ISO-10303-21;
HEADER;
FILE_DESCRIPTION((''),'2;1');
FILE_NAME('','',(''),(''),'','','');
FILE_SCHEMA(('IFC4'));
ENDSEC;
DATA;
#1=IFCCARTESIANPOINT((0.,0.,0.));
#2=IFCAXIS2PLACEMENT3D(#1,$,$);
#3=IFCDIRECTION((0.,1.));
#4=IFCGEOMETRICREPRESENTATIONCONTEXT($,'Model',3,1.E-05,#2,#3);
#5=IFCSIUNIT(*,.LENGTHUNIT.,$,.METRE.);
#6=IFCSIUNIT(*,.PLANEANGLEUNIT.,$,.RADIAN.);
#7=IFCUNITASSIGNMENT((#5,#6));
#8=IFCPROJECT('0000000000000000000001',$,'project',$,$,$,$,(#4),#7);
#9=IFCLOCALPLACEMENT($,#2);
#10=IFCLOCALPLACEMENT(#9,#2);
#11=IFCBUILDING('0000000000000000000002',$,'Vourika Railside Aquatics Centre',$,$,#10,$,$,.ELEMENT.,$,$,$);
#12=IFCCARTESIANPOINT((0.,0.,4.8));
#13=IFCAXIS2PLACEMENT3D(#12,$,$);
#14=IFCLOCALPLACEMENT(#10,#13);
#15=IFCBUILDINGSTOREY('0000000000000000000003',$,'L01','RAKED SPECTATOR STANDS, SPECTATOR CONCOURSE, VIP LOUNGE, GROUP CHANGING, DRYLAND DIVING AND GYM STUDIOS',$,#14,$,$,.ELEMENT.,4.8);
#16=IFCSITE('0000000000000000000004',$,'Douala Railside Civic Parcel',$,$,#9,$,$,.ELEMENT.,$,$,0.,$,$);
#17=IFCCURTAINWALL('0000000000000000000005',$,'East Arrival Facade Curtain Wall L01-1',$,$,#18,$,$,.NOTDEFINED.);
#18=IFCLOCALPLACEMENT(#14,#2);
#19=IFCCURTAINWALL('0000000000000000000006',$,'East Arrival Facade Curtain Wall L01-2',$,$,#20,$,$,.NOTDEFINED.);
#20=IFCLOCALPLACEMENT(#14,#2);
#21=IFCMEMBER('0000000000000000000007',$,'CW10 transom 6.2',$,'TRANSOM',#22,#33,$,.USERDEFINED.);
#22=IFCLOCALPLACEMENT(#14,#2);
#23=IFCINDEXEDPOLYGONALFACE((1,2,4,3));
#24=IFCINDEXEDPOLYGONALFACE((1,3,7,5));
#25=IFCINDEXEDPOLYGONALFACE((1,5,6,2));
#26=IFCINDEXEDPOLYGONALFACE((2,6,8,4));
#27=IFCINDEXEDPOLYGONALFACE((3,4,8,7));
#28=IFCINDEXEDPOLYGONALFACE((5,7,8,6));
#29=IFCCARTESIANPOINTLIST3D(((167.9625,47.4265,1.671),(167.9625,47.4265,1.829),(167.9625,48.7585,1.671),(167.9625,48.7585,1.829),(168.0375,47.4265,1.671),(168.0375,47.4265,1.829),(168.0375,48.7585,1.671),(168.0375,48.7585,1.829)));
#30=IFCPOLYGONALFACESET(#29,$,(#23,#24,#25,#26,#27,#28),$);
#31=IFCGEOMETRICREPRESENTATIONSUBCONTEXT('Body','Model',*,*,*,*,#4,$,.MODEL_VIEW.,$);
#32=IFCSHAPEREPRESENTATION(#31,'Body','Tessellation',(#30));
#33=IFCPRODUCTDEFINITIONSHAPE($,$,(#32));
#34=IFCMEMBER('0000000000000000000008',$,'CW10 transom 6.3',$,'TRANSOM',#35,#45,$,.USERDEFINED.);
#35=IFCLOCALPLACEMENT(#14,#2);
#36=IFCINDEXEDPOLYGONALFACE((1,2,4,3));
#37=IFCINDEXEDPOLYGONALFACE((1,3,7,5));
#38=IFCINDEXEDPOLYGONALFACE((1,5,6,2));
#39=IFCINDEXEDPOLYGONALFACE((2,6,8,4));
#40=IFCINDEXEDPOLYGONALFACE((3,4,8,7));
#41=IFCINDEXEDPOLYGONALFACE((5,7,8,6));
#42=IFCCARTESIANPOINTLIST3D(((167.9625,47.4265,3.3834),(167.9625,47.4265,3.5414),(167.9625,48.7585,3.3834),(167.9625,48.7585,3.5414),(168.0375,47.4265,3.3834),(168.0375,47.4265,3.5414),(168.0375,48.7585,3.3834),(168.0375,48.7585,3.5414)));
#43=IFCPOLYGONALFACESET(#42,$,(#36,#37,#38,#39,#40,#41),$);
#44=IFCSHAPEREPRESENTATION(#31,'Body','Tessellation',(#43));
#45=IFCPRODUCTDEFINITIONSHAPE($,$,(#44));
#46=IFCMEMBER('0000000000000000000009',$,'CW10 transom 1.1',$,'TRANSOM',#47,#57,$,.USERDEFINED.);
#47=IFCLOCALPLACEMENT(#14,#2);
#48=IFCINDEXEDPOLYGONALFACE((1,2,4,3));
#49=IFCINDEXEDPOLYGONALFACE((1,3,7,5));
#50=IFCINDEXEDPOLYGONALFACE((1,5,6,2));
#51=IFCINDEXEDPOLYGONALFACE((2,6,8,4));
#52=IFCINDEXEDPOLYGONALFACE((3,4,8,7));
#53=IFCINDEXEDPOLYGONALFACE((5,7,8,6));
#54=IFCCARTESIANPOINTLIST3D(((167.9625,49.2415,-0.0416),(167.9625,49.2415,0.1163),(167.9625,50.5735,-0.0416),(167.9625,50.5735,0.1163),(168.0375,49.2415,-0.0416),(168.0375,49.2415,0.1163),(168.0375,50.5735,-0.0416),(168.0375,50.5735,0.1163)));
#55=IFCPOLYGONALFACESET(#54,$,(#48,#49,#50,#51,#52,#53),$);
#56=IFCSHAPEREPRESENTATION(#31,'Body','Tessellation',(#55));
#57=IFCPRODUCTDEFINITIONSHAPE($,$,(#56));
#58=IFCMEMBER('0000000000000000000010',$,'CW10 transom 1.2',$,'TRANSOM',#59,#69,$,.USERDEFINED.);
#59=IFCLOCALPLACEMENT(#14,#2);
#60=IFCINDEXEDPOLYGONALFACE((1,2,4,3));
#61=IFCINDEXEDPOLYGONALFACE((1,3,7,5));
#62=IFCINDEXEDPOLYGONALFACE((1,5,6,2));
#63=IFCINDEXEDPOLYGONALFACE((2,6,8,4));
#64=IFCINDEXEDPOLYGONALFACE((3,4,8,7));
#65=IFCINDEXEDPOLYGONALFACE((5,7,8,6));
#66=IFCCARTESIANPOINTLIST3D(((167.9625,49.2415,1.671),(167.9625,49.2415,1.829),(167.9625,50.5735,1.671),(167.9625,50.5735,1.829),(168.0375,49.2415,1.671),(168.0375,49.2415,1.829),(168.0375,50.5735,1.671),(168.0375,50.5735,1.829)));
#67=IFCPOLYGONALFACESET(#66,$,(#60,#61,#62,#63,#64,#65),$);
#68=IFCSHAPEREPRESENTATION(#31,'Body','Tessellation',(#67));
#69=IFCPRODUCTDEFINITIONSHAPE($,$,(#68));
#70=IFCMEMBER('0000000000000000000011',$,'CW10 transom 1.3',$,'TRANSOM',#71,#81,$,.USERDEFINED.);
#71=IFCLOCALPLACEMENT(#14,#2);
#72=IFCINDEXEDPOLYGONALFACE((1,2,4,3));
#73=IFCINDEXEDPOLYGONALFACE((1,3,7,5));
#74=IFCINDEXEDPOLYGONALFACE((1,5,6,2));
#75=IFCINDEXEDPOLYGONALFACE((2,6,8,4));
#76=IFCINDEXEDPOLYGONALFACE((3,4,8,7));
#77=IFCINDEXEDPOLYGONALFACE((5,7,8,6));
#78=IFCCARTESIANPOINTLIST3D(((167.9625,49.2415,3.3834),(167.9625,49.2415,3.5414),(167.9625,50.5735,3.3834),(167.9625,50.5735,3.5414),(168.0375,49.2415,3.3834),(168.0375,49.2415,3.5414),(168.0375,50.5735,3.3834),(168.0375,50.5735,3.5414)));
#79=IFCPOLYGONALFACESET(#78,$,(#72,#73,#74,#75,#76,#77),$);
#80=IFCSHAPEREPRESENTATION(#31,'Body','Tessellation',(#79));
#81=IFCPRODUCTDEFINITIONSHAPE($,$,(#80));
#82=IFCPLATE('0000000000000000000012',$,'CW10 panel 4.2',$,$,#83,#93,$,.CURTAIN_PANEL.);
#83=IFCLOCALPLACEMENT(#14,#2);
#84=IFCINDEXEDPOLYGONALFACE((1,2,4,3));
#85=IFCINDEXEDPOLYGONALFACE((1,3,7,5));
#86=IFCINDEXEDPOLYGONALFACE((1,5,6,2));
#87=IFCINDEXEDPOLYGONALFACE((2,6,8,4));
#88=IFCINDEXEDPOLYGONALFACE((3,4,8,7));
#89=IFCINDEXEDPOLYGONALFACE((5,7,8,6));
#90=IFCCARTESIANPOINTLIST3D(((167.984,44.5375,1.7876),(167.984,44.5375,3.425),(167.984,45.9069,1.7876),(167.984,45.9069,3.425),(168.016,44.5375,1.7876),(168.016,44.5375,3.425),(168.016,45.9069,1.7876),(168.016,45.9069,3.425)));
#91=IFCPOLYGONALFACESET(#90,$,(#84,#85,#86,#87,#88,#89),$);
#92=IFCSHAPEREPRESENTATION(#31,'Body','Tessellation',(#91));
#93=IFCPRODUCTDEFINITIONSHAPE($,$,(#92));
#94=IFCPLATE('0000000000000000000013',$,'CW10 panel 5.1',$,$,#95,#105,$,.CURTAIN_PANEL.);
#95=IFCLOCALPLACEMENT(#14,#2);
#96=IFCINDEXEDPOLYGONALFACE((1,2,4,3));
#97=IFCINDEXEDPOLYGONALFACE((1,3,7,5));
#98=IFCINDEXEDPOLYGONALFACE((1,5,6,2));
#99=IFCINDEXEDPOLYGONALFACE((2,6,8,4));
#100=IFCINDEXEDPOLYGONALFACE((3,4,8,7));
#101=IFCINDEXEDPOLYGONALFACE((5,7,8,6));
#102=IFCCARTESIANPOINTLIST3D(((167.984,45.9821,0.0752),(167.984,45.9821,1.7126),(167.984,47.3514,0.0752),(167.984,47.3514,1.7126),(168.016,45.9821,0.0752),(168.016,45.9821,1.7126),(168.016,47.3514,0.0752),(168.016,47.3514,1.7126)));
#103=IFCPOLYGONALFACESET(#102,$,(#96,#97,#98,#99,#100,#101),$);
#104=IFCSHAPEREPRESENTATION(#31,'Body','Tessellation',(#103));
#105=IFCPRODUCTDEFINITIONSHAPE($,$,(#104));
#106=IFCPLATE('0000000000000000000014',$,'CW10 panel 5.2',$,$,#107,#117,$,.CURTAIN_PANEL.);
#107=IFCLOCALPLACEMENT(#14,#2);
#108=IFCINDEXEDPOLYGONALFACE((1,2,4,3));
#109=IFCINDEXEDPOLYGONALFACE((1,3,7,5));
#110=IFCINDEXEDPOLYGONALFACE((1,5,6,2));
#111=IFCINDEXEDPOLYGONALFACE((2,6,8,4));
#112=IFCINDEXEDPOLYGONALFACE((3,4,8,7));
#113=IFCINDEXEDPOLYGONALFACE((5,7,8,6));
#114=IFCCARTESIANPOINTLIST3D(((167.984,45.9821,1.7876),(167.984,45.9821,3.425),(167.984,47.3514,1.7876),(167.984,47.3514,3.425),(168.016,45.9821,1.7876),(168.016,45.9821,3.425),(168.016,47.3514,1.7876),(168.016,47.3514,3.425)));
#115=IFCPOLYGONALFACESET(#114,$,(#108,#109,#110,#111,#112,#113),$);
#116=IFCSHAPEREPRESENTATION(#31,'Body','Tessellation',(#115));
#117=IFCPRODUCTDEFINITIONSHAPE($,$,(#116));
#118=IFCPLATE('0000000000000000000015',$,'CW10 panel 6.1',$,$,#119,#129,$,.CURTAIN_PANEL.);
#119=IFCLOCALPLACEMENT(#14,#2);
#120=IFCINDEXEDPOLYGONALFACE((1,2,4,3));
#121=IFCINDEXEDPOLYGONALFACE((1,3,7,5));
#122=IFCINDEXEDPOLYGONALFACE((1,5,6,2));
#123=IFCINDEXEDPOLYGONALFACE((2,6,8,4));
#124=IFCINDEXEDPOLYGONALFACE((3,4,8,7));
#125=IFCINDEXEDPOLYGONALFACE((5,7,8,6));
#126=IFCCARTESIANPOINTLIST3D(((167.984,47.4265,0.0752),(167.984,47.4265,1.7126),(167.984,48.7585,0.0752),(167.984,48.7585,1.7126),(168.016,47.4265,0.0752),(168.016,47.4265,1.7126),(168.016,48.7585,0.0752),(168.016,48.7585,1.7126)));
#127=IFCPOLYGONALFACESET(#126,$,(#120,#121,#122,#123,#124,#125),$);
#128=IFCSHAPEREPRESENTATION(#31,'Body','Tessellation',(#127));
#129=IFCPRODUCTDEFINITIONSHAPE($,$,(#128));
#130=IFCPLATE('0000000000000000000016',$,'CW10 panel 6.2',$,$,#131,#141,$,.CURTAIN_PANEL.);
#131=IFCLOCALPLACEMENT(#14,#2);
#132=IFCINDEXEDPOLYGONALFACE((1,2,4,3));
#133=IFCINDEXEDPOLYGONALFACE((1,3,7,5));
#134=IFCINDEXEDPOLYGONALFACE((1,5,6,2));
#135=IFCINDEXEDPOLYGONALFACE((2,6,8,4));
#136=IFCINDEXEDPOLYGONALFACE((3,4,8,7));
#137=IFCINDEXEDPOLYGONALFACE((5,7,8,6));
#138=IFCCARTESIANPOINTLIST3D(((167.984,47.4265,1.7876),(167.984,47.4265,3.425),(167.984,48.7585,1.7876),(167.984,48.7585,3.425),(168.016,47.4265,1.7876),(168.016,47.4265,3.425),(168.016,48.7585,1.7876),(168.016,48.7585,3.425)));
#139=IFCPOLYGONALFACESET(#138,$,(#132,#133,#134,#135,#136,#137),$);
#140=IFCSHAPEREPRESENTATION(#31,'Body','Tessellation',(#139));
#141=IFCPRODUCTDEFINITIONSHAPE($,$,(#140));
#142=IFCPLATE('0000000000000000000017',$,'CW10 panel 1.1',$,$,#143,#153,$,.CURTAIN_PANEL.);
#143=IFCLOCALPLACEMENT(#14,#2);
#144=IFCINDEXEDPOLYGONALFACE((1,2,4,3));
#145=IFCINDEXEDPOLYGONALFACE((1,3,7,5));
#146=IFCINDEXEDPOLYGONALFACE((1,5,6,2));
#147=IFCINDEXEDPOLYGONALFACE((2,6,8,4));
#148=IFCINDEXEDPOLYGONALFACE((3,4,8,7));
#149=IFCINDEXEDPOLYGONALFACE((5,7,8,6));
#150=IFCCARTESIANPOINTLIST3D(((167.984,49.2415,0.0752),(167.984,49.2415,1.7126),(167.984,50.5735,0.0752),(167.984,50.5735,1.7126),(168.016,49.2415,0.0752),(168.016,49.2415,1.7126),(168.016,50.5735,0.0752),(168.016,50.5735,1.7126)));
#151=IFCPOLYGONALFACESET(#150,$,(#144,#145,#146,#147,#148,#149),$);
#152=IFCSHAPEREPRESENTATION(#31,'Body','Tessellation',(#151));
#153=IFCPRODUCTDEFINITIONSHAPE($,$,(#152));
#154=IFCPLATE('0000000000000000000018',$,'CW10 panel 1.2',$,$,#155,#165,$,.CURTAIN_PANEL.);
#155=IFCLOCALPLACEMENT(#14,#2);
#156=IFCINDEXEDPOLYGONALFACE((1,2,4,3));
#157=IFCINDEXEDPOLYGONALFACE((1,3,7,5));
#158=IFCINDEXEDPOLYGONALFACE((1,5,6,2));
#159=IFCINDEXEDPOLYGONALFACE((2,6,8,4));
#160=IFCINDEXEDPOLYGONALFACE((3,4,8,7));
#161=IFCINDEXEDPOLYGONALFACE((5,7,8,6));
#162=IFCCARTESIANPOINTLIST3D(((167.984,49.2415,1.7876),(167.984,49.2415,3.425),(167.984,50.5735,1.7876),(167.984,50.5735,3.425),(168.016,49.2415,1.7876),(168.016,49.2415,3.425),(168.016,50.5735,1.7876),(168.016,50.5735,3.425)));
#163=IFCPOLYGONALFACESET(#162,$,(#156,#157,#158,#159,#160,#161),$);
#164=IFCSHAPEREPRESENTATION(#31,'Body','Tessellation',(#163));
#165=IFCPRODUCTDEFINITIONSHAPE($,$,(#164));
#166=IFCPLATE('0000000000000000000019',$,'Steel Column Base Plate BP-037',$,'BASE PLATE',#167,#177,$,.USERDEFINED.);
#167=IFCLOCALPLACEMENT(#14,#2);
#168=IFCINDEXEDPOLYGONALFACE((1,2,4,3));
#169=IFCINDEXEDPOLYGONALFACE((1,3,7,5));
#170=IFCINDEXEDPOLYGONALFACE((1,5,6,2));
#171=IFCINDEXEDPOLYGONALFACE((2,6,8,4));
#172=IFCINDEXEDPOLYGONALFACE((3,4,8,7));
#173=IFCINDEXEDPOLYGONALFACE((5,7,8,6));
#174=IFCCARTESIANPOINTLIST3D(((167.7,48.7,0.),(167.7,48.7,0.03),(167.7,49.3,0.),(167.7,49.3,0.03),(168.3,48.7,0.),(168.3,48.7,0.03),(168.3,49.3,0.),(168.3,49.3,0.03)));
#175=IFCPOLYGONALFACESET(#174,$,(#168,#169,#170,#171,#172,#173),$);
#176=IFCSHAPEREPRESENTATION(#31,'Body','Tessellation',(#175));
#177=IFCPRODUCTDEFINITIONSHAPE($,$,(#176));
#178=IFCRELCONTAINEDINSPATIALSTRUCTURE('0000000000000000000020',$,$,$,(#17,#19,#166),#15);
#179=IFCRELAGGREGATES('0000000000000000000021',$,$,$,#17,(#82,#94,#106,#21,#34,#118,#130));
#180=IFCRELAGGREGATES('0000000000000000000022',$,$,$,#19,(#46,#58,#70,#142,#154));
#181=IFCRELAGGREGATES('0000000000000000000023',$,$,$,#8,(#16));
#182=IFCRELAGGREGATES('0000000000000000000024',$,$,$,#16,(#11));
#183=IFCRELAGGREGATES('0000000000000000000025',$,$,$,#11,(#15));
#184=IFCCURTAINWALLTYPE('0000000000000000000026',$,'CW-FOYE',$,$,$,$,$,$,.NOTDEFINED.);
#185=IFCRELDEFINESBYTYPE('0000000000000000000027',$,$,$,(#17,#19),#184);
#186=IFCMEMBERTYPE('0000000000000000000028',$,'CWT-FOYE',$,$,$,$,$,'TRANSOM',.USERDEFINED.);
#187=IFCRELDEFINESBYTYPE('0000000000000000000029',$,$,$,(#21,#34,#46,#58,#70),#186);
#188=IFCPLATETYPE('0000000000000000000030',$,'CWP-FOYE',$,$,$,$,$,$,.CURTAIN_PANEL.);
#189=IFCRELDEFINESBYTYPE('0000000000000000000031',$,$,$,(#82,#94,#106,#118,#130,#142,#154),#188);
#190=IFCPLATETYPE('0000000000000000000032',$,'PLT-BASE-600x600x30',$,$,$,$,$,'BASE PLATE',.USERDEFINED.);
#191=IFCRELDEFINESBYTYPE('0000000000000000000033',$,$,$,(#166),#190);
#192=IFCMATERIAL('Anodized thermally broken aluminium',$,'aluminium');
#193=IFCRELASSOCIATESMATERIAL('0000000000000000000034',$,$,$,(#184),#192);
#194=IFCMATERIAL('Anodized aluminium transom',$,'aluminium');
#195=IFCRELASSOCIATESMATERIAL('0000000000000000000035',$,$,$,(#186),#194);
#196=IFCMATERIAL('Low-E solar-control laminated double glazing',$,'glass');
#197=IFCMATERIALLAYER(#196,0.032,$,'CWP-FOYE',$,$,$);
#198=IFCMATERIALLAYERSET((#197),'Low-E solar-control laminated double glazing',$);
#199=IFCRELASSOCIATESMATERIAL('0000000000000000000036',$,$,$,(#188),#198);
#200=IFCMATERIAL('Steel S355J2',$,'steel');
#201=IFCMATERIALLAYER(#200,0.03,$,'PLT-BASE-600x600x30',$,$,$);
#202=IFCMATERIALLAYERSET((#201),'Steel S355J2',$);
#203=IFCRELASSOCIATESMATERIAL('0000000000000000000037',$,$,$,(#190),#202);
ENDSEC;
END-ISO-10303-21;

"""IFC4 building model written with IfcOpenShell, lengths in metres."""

from ifc_helpers import new_model, si_unit, direction, frame, origin, origin_2d, place, context, subcontext, project, spatial, rectangle, extrude, material, layer, layer_set, material_profile, profile_set, type_object, element, aggregate, save


model = new_model("IFC4")

# Units and contexts
model_context = context("Model", 3, precision=1e-05, world=origin(), true_north=direction((0.0, 1.0)))
body_context = subcontext(model_context, "Body", "Model", "MODEL_VIEW")
ifc_project = project(units=[si_unit("LENGTHUNIT", "METRE"), si_unit("PLANEANGLEUNIT", "RADIAN")], contexts=[model_context])

# Site, building, storey
site_placement = place(None, origin())
site = spatial("IfcSite", under=ifc_project, at=site_placement, Name="Douala Railside Civic Parcel", CompositionType="ELEMENT", RefElevation=0.0)
building_placement = place(site_placement, origin())
building = spatial("IfcBuilding", under=site, at=building_placement, Name="Vourika Railside Aquatics Centre", CompositionType="ELEMENT")
storey_placement = place(building_placement, frame((0.0, 0.0, 4.8)))
storey = spatial("IfcBuildingStorey", under=building, at=storey_placement, Name="L01", Description="RAKED SPECTATOR STANDS, SPECTATOR CONCOURSE, VIP LOUNGE, GROUP CHANGING, DRYLAND DIVING AND GYM STUDIOS", CompositionType="ELEMENT", Elevation=4.8)

# Shared definitions
ifc_material_1 = material(Name="Steel S355J2", Category="steel")

# Curtain walls
ifc_material_2 = material(Name="Anodized thermally broken aluminium", Category="aluminium")
curtain_wall_type = type_object("IfcCurtainWallType", Name="CW-FOYE", PredefinedType="NOTDEFINED", material=ifc_material_2)
curtain_wall_1_placement = place(storey_placement, origin())
curtain_wall_1 = element("IfcCurtainWall", 1, at=curtain_wall_1_placement, inside=storey, type_object=curtain_wall_type, Name="East Arrival Facade Curtain Wall L01-1", PredefinedType="NOTDEFINED")
curtain_wall_2_placement = place(storey_placement, origin())
curtain_wall_2 = element("IfcCurtainWall", 2, at=curtain_wall_2_placement, inside=storey, type_object=curtain_wall_type, Name="East Arrival Facade Curtain Wall L01-2", PredefinedType="NOTDEFINED")

# Members
ifc_material_3 = material(Name="Anodized aluminium transom", Category="aluminium")
ifc_material_profile_1 = material_profile(ifc_material_3, rectangle(XDim=0.075, YDim=0.158, at=origin_2d()), Name="ALU-T 75x158")
ifc_profile_set_1 = profile_set([ifc_material_profile_1], Name="Anodized aluminium transom")
member_type_1 = type_object("IfcMemberType", Name="CWT-FOYE", ElementType="TRANSOM", PredefinedType="USERDEFINED", material=ifc_profile_set_1)
member_1_placement = place(storey_placement, frame((168.0, 47.4265, 1.75), z_axis=(0.0, 1.0, 0.0), x_axis=(-1.0, 0.0, 0.0)))
member_1 = element("IfcMember", 3, at=member_1_placement, type_object=member_type_1, Name="CW10 transom 6.2", ObjectType="TRANSOM", PredefinedType="USERDEFINED", context=body_context, shape_type="SweptSolid", body=[
    extrude(rectangle(XDim=0.075, YDim=0.158, at=origin_2d()), origin(), (0.0, 0.0, 1.0), 1.332),
])
member_2_placement = place(storey_placement, frame((168.0, 47.4265, 3.4624), z_axis=(0.0, 1.0, 0.0), x_axis=(-1.0, 0.0, 0.0)))
member_2 = element("IfcMember", 4, at=member_2_placement, type_object=member_type_1, Name="CW10 transom 6.3", ObjectType="TRANSOM", PredefinedType="USERDEFINED", context=body_context, shape_type="SweptSolid", body=[
    extrude(rectangle(XDim=0.075, YDim=0.158, at=origin_2d()), origin(), (0.0, 0.0, 1.0), 1.332),
])
member_3_placement = place(storey_placement, frame((168.0, 49.2415, 0.0374), z_axis=(0.0, 1.0, 0.0), x_axis=(-1.0, 0.0, 0.0)))
member_3 = element("IfcMember", 5, at=member_3_placement, type_object=member_type_1, Name="CW10 transom 1.1", ObjectType="TRANSOM", PredefinedType="USERDEFINED", context=body_context, shape_type="SweptSolid", body=[
    extrude(rectangle(XDim=0.075, YDim=0.158, at=origin_2d()), origin(), (0.0, 0.0, 1.0), 1.332),
])
member_4_placement = place(storey_placement, frame((168.0, 49.2415, 1.75), z_axis=(0.0, 1.0, 0.0), x_axis=(-1.0, 0.0, 0.0)))
member_4 = element("IfcMember", 6, at=member_4_placement, type_object=member_type_1, Name="CW10 transom 1.2", ObjectType="TRANSOM", PredefinedType="USERDEFINED", context=body_context, shape_type="SweptSolid", body=[
    extrude(rectangle(XDim=0.075, YDim=0.158, at=origin_2d()), origin(), (0.0, 0.0, 1.0), 1.332),
])
member_5_placement = place(storey_placement, frame((168.0, 49.2415, 3.4624), z_axis=(0.0, 1.0, 0.0), x_axis=(-1.0, 0.0, 0.0)))
member_5 = element("IfcMember", 7, at=member_5_placement, type_object=member_type_1, Name="CW10 transom 1.3", ObjectType="TRANSOM", PredefinedType="USERDEFINED", context=body_context, shape_type="SweptSolid", body=[
    extrude(rectangle(XDim=0.075, YDim=0.158, at=origin_2d()), origin(), (0.0, 0.0, 1.0), 1.332),
])

# Plates
ifc_material_4 = material(Name="Low-E solar-control laminated double glazing", Category="glass")
ifc_layer_1 = layer(ifc_material_4, 0.032, Name="CWP-FOYE")
ifc_layer_set_1 = layer_set([ifc_layer_1], Name="Low-E solar-control laminated double glazing")
plate_type_1 = type_object("IfcPlateType", Name="CWP-FOYE", PredefinedType="CURTAIN_PANEL", material=ifc_layer_set_1)
plate_1_placement = place(storey_placement, frame((168.0, 45.2222, 1.7876), z_axis=(0.0, 0.0, 1.0), x_axis=(0.0, 1.0, 0.0)))
plate_1 = element("IfcPlate", 8, at=plate_1_placement, type_object=plate_type_1, Name="CW10 panel 4.2", PredefinedType="CURTAIN_PANEL", context=body_context, shape_type="SweptSolid", body=[
    extrude(rectangle(XDim=1.3694, YDim=0.032, at=origin_2d()), origin(), (0.0, 0.0, 1.0), 1.6375),
])
plate_2_placement = place(storey_placement, frame((168.0, 46.6667, 0.0752), z_axis=(0.0, 0.0, 1.0), x_axis=(0.0, 1.0, 0.0)))
plate_2 = element("IfcPlate", 9, at=plate_2_placement, type_object=plate_type_1, Name="CW10 panel 5.1", PredefinedType="CURTAIN_PANEL", context=body_context, shape_type="SweptSolid", body=[
    extrude(rectangle(XDim=1.3694, YDim=0.032, at=origin_2d()), origin(), (0.0, 0.0, 1.0), 1.6375),
])
plate_3_placement = place(storey_placement, frame((168.0, 46.6667, 1.7876), z_axis=(0.0, 0.0, 1.0), x_axis=(0.0, 1.0, 0.0)))
plate_3 = element("IfcPlate", 10, at=plate_3_placement, type_object=plate_type_1, Name="CW10 panel 5.2", PredefinedType="CURTAIN_PANEL", context=body_context, shape_type="SweptSolid", body=[
    extrude(rectangle(XDim=1.3694, YDim=0.032, at=origin_2d()), origin(), (0.0, 0.0, 1.0), 1.6375),
])
plate_4_placement = place(storey_placement, frame((168.0, 48.0925, 0.0752), z_axis=(0.0, 0.0, 1.0), x_axis=(0.0, 1.0, 0.0)))
plate_4 = element("IfcPlate", 11, at=plate_4_placement, type_object=plate_type_1, Name="CW10 panel 6.1", PredefinedType="CURTAIN_PANEL", context=body_context, shape_type="SweptSolid", body=[
    extrude(rectangle(XDim=1.332, YDim=0.032, at=origin_2d()), origin(), (0.0, 0.0, 1.0), 1.6375),
])
plate_5_placement = place(storey_placement, frame((168.0, 48.0925, 1.7876), z_axis=(0.0, 0.0, 1.0), x_axis=(0.0, 1.0, 0.0)))
plate_5 = element("IfcPlate", 12, at=plate_5_placement, type_object=plate_type_1, Name="CW10 panel 6.2", PredefinedType="CURTAIN_PANEL", context=body_context, shape_type="SweptSolid", body=[
    extrude(rectangle(XDim=1.332, YDim=0.032, at=origin_2d()), origin(), (0.0, 0.0, 1.0), 1.6375),
])
aggregate(curtain_wall_1, [plate_1, plate_2, plate_3, member_1, member_2, plate_4, plate_5])
plate_6_placement = place(storey_placement, frame((168.0, 49.9075, 0.0752), z_axis=(0.0, 0.0, 1.0), x_axis=(0.0, 1.0, 0.0)))
plate_6 = element("IfcPlate", 13, at=plate_6_placement, type_object=plate_type_1, Name="CW10 panel 1.1", PredefinedType="CURTAIN_PANEL", context=body_context, shape_type="SweptSolid", body=[
    extrude(rectangle(XDim=1.332, YDim=0.032, at=origin_2d()), origin(), (0.0, 0.0, 1.0), 1.6375),
])
plate_7_placement = place(storey_placement, frame((168.0, 49.9075, 1.7876), z_axis=(0.0, 0.0, 1.0), x_axis=(0.0, 1.0, 0.0)))
plate_7 = element("IfcPlate", 14, at=plate_7_placement, type_object=plate_type_1, Name="CW10 panel 1.2", PredefinedType="CURTAIN_PANEL", context=body_context, shape_type="SweptSolid", body=[
    extrude(rectangle(XDim=1.332, YDim=0.032, at=origin_2d()), origin(), (0.0, 0.0, 1.0), 1.6375),
])
aggregate(curtain_wall_2, [member_3, member_4, member_5, plate_6, plate_7])
ifc_layer_2 = layer(ifc_material_1, 0.03, Name="PLT-BASE-600x600x30")
ifc_layer_set_2 = layer_set([ifc_layer_2], Name="Steel S355J2")
plate_type_2 = type_object("IfcPlateType", Name="PLT-BASE-600x600x30", ElementType="BASE PLATE", PredefinedType="USERDEFINED", material=ifc_layer_set_2)
plate_8_placement = place(storey_placement, frame((168.0, 49.0, 0.0), z_axis=(0.0, 0.0, 1.0), x_axis=(1.0, 0.0, 0.0)))
element("IfcPlate", 15, at=plate_8_placement, inside=storey, type_object=plate_type_2, Name="Steel Column Base Plate BP-037", ObjectType="BASE PLATE", PredefinedType="USERDEFINED", context=body_context, shape_type="SweptSolid", body=[
    extrude(rectangle(XDim=0.6001, YDim=0.6001, at=origin_2d()), origin(), (0.0, 0.0, 1.0), 0.03),
])

save(model, "model.ifc")
